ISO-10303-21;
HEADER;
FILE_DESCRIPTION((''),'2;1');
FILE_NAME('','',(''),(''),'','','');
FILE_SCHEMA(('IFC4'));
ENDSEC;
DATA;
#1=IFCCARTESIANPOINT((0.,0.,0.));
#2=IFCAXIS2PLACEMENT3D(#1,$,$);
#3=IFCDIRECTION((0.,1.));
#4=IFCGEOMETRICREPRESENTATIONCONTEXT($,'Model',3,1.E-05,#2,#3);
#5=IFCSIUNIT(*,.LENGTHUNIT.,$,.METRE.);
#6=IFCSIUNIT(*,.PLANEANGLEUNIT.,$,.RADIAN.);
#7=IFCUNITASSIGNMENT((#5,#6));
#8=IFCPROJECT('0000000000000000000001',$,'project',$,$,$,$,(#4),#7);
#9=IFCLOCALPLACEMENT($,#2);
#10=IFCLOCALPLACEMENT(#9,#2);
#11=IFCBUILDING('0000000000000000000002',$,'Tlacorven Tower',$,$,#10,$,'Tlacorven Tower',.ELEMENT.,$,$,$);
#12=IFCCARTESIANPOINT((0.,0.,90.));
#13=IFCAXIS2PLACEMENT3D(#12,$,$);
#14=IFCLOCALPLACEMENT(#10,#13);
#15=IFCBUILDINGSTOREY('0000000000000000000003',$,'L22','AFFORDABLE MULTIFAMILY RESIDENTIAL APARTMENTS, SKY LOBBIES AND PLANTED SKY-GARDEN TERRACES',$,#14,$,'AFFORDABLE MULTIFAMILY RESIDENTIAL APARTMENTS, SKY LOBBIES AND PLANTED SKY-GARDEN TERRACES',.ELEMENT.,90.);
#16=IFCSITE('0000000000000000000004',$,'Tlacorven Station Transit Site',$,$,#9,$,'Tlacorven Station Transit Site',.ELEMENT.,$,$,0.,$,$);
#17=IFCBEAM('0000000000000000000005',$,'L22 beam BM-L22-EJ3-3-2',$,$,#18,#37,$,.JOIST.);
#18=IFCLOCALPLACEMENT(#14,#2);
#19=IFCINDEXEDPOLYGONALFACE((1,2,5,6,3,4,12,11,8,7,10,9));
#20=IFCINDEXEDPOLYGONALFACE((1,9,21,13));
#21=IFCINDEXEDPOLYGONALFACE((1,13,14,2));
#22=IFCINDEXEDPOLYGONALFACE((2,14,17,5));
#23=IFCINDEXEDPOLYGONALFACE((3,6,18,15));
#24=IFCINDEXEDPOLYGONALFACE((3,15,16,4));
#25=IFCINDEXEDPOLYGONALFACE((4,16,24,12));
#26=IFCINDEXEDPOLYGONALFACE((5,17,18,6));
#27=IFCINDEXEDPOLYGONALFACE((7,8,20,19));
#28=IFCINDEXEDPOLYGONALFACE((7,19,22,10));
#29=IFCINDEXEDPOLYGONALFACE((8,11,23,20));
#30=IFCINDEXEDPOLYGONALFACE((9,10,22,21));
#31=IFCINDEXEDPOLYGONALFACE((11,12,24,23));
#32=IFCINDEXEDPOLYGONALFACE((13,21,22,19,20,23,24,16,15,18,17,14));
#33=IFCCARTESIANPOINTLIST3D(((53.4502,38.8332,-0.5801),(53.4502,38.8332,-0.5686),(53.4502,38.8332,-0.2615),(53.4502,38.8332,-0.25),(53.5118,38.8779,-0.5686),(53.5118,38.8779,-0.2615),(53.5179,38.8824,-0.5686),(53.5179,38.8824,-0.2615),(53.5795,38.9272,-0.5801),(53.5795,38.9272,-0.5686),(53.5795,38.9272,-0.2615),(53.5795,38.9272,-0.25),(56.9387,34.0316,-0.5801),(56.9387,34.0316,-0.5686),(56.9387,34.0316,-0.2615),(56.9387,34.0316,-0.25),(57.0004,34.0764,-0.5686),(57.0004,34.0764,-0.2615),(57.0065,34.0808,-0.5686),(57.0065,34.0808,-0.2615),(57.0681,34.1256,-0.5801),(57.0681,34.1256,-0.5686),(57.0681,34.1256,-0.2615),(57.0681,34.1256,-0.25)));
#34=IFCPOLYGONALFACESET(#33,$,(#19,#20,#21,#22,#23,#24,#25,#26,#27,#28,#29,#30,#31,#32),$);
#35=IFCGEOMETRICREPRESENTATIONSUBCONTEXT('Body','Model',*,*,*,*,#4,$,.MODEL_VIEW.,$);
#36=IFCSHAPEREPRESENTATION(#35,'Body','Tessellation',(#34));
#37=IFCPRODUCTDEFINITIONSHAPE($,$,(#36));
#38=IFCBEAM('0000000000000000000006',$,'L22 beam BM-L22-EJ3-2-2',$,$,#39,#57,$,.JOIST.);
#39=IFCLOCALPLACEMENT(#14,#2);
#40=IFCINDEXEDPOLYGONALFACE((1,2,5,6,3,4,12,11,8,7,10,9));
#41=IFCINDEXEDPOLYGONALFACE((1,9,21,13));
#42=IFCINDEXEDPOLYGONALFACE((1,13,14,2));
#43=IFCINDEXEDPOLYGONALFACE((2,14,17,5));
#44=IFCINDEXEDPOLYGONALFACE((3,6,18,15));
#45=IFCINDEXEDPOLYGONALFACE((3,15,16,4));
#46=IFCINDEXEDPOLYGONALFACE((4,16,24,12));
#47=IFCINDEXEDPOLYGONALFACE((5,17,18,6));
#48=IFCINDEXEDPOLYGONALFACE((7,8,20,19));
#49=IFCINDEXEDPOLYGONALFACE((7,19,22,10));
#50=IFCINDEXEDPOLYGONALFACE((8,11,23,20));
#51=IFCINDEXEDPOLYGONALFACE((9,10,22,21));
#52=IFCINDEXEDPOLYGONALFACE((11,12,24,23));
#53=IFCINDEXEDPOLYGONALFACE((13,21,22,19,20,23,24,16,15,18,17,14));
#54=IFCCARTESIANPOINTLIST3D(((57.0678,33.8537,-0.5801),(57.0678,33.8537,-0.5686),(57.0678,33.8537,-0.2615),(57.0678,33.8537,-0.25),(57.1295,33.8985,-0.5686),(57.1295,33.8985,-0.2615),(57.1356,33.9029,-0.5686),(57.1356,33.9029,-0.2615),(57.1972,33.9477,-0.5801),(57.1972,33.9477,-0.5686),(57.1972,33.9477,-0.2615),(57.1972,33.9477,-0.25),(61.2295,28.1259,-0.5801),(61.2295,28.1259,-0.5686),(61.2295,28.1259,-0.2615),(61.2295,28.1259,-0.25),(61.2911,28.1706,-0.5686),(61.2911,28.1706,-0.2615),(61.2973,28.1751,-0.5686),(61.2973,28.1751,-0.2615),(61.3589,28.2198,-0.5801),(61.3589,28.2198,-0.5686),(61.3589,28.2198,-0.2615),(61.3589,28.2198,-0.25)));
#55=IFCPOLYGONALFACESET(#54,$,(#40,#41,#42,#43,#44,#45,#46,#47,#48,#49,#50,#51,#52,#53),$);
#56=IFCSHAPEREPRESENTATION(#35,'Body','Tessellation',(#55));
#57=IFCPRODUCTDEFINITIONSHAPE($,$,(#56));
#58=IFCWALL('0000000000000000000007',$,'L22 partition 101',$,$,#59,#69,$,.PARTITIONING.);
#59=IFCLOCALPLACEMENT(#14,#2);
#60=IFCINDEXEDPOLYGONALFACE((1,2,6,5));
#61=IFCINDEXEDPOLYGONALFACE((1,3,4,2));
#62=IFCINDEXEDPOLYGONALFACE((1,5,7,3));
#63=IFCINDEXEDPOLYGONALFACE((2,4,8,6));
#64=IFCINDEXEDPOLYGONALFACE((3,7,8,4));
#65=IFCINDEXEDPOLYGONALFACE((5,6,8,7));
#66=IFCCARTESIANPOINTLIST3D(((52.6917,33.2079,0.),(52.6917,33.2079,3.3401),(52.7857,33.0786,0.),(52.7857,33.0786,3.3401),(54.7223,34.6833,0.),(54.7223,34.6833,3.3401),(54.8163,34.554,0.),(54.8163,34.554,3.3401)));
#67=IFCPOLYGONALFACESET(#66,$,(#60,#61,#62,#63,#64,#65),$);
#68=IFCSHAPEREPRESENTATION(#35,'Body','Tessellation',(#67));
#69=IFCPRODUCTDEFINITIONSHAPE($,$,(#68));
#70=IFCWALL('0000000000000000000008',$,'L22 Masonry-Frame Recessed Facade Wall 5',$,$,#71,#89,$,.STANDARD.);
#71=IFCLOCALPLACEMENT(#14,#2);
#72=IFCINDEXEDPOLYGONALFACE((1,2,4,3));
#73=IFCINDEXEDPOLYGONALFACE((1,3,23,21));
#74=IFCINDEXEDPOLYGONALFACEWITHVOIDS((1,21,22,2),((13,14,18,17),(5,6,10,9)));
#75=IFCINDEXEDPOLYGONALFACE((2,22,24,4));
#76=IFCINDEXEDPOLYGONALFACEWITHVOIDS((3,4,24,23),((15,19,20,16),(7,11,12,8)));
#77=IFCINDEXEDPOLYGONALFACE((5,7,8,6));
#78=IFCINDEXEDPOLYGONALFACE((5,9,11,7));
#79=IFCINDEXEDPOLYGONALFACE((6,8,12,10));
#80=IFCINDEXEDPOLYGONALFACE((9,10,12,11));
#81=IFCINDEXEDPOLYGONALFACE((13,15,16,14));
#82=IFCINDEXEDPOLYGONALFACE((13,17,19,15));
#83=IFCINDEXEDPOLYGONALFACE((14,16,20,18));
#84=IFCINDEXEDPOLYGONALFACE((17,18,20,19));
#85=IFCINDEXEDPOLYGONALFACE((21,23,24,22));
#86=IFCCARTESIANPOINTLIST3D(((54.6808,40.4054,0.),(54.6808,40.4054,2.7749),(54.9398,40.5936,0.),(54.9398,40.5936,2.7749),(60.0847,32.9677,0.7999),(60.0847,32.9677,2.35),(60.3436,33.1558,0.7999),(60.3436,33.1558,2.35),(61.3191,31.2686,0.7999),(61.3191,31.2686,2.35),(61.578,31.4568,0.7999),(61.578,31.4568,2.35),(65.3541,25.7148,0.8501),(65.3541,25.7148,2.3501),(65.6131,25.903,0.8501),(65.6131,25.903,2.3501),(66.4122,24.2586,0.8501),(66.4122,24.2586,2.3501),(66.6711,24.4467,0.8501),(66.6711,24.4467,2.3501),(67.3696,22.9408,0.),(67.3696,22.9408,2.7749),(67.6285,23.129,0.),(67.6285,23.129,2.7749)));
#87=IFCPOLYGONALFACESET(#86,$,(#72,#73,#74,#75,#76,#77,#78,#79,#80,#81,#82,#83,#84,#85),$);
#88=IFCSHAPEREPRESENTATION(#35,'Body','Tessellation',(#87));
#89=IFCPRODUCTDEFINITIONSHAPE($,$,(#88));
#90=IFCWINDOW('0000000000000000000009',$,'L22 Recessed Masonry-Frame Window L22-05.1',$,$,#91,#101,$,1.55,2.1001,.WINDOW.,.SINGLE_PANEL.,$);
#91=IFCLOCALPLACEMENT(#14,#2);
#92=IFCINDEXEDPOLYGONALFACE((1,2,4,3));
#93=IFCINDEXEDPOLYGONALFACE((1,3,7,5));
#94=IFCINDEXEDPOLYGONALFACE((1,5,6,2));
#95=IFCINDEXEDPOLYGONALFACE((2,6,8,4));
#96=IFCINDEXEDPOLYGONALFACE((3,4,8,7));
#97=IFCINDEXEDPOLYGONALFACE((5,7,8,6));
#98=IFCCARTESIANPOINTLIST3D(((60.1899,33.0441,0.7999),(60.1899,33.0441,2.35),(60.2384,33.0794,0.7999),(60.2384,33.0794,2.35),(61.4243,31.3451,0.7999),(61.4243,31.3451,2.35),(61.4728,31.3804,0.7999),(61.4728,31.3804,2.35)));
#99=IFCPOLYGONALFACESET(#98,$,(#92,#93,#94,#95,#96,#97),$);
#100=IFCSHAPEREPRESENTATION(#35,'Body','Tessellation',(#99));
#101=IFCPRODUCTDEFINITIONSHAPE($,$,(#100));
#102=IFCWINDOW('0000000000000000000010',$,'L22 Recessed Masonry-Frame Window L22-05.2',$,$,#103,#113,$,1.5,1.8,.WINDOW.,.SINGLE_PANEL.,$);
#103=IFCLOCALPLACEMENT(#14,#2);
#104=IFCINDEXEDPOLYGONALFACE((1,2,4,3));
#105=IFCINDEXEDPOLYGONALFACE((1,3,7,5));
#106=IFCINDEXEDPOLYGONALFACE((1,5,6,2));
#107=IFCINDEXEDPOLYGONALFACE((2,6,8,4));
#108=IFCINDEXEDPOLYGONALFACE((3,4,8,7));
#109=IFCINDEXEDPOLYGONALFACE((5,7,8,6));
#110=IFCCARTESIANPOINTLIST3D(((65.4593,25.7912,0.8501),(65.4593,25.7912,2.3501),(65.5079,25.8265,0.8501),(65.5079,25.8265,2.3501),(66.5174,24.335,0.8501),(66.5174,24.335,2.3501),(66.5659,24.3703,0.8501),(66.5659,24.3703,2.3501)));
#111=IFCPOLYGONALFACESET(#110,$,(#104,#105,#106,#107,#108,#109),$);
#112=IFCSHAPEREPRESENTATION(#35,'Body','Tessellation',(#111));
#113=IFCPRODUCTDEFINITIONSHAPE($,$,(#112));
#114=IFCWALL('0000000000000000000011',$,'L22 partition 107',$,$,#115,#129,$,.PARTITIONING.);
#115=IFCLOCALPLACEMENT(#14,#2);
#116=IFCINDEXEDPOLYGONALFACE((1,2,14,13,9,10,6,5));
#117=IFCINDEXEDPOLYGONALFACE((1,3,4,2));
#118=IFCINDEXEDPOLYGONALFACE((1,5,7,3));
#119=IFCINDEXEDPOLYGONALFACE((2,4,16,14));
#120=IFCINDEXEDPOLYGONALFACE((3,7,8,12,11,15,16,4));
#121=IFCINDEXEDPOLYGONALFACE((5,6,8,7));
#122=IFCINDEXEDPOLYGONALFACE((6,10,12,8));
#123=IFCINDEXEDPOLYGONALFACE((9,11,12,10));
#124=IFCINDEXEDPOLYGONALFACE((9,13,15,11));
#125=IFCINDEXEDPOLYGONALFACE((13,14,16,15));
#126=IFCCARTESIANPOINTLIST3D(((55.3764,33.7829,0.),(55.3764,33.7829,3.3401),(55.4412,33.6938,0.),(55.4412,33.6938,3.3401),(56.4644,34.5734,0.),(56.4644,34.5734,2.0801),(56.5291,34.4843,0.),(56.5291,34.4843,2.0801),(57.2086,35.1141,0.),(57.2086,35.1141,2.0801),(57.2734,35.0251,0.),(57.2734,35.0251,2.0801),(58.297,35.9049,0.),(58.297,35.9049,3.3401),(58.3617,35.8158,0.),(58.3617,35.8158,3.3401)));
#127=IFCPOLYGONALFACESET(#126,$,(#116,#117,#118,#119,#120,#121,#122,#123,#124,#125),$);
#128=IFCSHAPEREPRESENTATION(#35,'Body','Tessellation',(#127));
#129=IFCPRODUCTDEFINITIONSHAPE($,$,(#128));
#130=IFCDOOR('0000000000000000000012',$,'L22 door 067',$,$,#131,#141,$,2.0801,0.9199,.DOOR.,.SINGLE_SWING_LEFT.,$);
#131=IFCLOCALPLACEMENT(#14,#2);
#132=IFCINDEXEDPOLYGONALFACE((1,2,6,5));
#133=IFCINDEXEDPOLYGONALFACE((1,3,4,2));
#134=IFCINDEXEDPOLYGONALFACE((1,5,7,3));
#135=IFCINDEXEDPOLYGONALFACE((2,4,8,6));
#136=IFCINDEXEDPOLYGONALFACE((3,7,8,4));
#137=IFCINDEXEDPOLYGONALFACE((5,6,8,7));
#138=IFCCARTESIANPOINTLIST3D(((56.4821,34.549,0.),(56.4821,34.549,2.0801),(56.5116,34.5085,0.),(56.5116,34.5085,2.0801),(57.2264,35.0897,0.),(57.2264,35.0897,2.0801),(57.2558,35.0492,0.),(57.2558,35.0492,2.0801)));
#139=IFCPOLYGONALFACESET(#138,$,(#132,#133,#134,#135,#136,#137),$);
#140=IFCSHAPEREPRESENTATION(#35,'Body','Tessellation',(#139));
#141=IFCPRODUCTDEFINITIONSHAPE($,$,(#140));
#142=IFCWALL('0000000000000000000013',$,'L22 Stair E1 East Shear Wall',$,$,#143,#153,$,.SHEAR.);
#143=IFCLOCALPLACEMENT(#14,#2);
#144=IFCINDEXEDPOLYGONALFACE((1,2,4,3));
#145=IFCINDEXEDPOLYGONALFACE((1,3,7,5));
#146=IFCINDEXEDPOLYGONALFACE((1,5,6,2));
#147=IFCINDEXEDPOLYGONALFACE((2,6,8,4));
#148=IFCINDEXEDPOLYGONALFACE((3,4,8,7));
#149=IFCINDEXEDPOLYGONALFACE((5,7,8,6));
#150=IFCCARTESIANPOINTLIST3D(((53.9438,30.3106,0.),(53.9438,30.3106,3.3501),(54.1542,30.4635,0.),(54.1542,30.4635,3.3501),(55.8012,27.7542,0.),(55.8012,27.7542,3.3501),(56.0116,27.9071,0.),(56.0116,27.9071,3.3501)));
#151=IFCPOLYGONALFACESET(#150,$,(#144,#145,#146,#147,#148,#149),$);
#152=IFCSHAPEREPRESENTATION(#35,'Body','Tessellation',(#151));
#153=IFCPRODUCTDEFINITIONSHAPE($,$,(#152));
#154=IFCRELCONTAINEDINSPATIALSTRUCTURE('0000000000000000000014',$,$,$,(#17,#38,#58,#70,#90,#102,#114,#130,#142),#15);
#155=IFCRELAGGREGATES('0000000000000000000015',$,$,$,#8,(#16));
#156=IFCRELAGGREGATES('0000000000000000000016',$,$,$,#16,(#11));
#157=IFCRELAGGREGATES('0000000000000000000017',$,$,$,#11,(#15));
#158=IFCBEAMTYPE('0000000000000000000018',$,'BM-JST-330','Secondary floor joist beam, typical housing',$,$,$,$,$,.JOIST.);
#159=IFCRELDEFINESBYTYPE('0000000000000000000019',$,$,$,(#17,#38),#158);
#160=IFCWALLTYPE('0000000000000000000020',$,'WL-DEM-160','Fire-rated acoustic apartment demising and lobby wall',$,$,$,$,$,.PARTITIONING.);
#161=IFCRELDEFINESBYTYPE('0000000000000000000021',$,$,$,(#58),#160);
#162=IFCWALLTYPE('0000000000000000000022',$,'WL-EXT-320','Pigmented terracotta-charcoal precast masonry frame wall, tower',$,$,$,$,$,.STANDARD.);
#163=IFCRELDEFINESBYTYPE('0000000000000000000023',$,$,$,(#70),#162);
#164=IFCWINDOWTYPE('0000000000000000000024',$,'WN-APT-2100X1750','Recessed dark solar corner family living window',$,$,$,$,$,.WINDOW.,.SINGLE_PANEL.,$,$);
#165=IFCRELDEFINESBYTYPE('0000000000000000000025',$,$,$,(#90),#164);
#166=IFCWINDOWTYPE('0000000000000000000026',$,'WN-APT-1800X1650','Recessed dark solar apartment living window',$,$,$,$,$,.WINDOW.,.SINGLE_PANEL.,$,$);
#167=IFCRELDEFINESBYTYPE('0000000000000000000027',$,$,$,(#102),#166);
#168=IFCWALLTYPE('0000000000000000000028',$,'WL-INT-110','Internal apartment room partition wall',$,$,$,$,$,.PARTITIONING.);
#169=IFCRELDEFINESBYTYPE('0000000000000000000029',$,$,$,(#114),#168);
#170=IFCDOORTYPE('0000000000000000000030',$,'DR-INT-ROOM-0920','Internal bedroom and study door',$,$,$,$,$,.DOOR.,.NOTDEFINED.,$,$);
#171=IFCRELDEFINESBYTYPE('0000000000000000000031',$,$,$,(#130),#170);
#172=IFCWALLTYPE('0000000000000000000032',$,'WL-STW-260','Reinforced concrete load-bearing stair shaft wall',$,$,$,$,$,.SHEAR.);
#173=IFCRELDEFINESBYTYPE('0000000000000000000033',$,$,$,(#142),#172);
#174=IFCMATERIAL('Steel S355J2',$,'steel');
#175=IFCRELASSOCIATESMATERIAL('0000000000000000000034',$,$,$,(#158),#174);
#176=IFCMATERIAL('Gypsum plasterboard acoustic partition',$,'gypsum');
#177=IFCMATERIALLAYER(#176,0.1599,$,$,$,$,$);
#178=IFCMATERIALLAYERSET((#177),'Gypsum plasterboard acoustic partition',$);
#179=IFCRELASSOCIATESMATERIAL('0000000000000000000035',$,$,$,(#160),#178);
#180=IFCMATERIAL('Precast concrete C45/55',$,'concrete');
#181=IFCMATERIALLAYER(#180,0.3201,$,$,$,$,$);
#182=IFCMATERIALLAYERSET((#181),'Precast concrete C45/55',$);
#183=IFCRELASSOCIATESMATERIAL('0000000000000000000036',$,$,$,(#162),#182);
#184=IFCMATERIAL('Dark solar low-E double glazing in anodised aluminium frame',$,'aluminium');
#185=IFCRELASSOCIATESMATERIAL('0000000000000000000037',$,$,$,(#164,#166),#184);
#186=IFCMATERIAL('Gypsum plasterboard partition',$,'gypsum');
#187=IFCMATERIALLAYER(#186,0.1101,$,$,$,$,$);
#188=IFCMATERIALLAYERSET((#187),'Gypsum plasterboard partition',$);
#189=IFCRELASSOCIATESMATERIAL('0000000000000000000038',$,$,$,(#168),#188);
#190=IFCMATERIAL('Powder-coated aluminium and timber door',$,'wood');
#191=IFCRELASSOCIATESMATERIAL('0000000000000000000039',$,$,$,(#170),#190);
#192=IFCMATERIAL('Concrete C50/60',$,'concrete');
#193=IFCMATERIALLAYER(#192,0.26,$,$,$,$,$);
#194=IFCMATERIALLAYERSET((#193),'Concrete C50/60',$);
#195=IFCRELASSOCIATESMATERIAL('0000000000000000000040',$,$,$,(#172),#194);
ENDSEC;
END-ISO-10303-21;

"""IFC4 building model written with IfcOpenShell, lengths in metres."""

from ifc_helpers import new_model, si_unit, direction, frame, frame_2d, origin, origin_2d, place, context, subcontext, project, spatial, rectangle, i_section, extrude, source, transform, mapped, material, layer, layer_set, material_profile, profile_set, type_object, element, fill, save


model = new_model("IFC4")

# Units and contexts
model_context = context("Model", 3, precision=1e-05, world=origin(), true_north=direction((0.0, 1.0)))
body_context = subcontext(model_context, "Body", "Model", "MODEL_VIEW")
ifc_project = project(units=[si_unit("LENGTHUNIT", "METRE"), si_unit("PLANEANGLEUNIT", "RADIAN")], contexts=[model_context])

# Site, building, storey
site_placement = place(None, origin())
site = spatial("IfcSite", under=ifc_project, at=site_placement, Name="Tlacorven Station Transit Site", LongName="Tlacorven Station Transit Site", CompositionType="ELEMENT", RefElevation=0.0)
building_placement = place(site_placement, origin())
building = spatial("IfcBuilding", under=site, at=building_placement, Name="Tlacorven Tower", LongName="Tlacorven Tower", CompositionType="ELEMENT")
storey_placement = place(building_placement, frame((0.0, 0.0, 90.0)))
storey = spatial("IfcBuildingStorey", under=building, at=storey_placement, Name="L22", Description="AFFORDABLE MULTIFAMILY RESIDENTIAL APARTMENTS, SKY LOBBIES AND PLANTED SKY-GARDEN TERRACES", LongName="AFFORDABLE MULTIFAMILY RESIDENTIAL APARTMENTS, SKY LOBBIES AND PLANTED SKY-GARDEN TERRACES", CompositionType="ELEMENT", Elevation=90.0)

# Beams
ifc_material_1 = material(Name="Steel S355J2", Category="steel")
ifc_material_profile_1 = material_profile(ifc_material_1, i_section(OverallWidth=0.1599, OverallDepth=0.3301, WebThickness=0.0076, FlangeThickness=0.0115, at=origin_2d()), Name="IPE 330")
ifc_profile_set_1 = profile_set([ifc_material_profile_1], Name="Steel S355J2")
beam_type_1 = type_object("IfcBeamType", Name="BM-JST-330", Description="Secondary floor joist beam, typical housing", PredefinedType="JOIST", material=ifc_profile_set_1)
shared_shape_1 = source(origin(), body_context, "Body", "SweptSolid", [
    extrude(i_section(OverallWidth=0.1599, OverallDepth=0.3301, WebThickness=0.0076, FlangeThickness=0.0115, at=origin_2d()), origin(), (0.0, 0.0, 1.0), 5.9351),
])
for number, where, z_axis, x_axis, name in (
    (1, (57.0034, 34.0786, -0.415), (-0.587788, 0.809015, 0.0), (-0.809015, -0.587788, 0.0), "L22 beam BM-L22-EJ3-3-2"),
):
    element("IfcBeam", number, at=place(storey_placement, frame(where, z_axis=z_axis, x_axis=x_axis)), inside=storey, type_object=beam_type_1, Name=name, PredefinedType="JOIST", context=body_context, shape_type="MappedRepresentation", body=[
        mapped(shared_shape_1, transform((0.0, 0.0, 0.0), scale=1.0)),
    ])
shared_shape_2 = source(origin(), body_context, "Body", "SweptSolid", [
    extrude(i_section(OverallWidth=0.1599, OverallDepth=0.3301, WebThickness=0.0076, FlangeThickness=0.0115, at=origin_2d()), origin(), (0.0, 0.0, 1.0), 7.0801),
])
beam_1_placement = place(storey_placement, frame((61.2942, 28.1729, -0.415), z_axis=(-0.587798, 0.809007, 0.0), x_axis=(-0.809007, -0.587798, 0.0)))
element("IfcBeam", 2, at=beam_1_placement, inside=storey, type_object=beam_type_1, Name="L22 beam BM-L22-EJ3-2-2", PredefinedType="JOIST", context=body_context, shape_type="MappedRepresentation", body=[
    mapped(shared_shape_2, transform((0.0, 0.0, 0.0), scale=1.0)),
])

# Wall
ifc_material_2 = material(Name="Gypsum plasterboard acoustic partition", Category="gypsum")
ifc_layer_1 = layer(ifc_material_2, 0.1599)
ifc_layer_set_1 = layer_set([ifc_layer_1], Name="Gypsum plasterboard acoustic partition")
wall_type_1 = type_object("IfcWallType", Name="WL-DEM-160", Description="Fire-rated acoustic apartment demising and lobby wall", PredefinedType="PARTITIONING", material=ifc_layer_set_1)
wall_1_placement = place(storey_placement, frame((52.7388, 33.1433, 0.0), z_axis=(0.0, 0.0, 1.0), x_axis=(0.809001, 0.587807, 0.0)))
element("IfcWall", 3, at=wall_1_placement, inside=storey, type_object=wall_type_1, Name="L22 partition 101", PredefinedType="PARTITIONING", context=body_context, shape_type="SweptSolid", body=[
    extrude(rectangle(XDim=2.51, YDim=0.1599, at=frame_2d((1.2549, 0.0))), origin(), (0.0, 0.0, 1.0), 3.3401),
])

# Wall, openings, windows
ifc_material_3 = material(Name="Precast concrete C45/55", Category="concrete")
ifc_layer_2 = layer(ifc_material_3, 0.3201)
ifc_layer_set_2 = layer_set([ifc_layer_2], Name="Precast concrete C45/55")
wall_type_2 = type_object("IfcWallType", Name="WL-EXT-320", Description="Pigmented terracotta-charcoal precast masonry frame wall, tower", PredefinedType="STANDARD", material=ifc_layer_set_2)
wall_2_placement = place(storey_placement, frame((54.8103, 40.4995, 0.0), z_axis=(0.0, 0.0, 1.0), x_axis=(0.587784, -0.809018, 0.0)))
wall_2 = element("IfcWall", 4, at=wall_2_placement, inside=storey, type_object=wall_type_2, Name="L22 Masonry-Frame Recessed Facade Wall 5", PredefinedType="STANDARD", context=body_context, shape_type="SweptSolid", body=[
    extrude(rectangle(XDim=21.5874, YDim=0.3201, at=frame_2d((10.7937, 0.0))), origin(), (0.0, 0.0, 1.0), 2.7749),
])
opening_1_placement = place(wall_2_placement, frame((9.1936, 0.0, 0.8)))
opening_1 = element("IfcOpeningElement", 5, at=opening_1_placement, cuts=wall_2, PredefinedType="OPENING", context=body_context, shape_type="SweptSolid", body=[
    extrude(rectangle(XDim=2.1001, YDim=1.55, at=frame_2d((1.05, 0.7749))), frame((0.0, 0.1699, 0.0), z_axis=(0.0, -1.0, 0.0), x_axis=(1.0, 0.0, 0.0)), (0.0, 0.0, 1.0), 0.3401),
])
opening_2_placement = place(wall_2_placement, frame((18.1587, 0.0, 0.8501)))
opening_2 = element("IfcOpeningElement", 6, at=opening_2_placement, cuts=wall_2, PredefinedType="OPENING", context=body_context, shape_type="SweptSolid", body=[
    extrude(rectangle(XDim=1.8, YDim=1.5, at=frame_2d((0.8999, 0.75))), frame((0.0, 0.1699, 0.0), z_axis=(0.0, -1.0, 0.0), x_axis=(1.0, 0.0, 0.0)), (0.0, 0.0, 1.0), 0.3401),
])
ifc_material_4 = material(Name="Dark solar low-E double glazing in anodised aluminium frame", Category="aluminium")
window_type_1 = type_object("IfcWindowType", Name="WN-APT-2100X1750", Description="Recessed dark solar corner family living window", PartitioningType="SINGLE_PANEL", PredefinedType="WINDOW", material=ifc_material_4)
shared_shape_3 = source(origin(), body_context, "Body", "SweptSolid", [
    extrude(rectangle(XDim=2.1001, YDim=1.55, at=frame_2d((1.05, 0.7749))), frame((0.0, 0.03, 0.0), z_axis=(0.0, -1.0, 0.0), x_axis=(1.0, 0.0, 0.0)), (0.0, 0.0, 1.0), 0.0601),
])
window_1_placement = place(opening_1_placement, origin())
window_1 = element("IfcWindow", 7, at=window_1_placement, inside=storey, type_object=window_type_1, Name="L22 Recessed Masonry-Frame Window L22-05.1", OverallHeight=1.55, OverallWidth=2.1001, PartitioningType="SINGLE_PANEL", PredefinedType="WINDOW", context=body_context, shape_type="MappedRepresentation", body=[
    mapped(shared_shape_3, transform((0.0, 0.0, 0.0), scale=1.0)),
])
fill(opening_1, window_1)
window_type_2 = type_object("IfcWindowType", Name="WN-APT-1800X1650", Description="Recessed dark solar apartment living window", PartitioningType="SINGLE_PANEL", PredefinedType="WINDOW", material=ifc_material_4)
shared_shape_4 = source(origin(), body_context, "Body", "SweptSolid", [
    extrude(rectangle(XDim=1.8, YDim=1.5, at=frame_2d((0.8999, 0.75))), frame((0.0, 0.03, 0.0), z_axis=(0.0, -1.0, 0.0), x_axis=(1.0, 0.0, 0.0)), (0.0, 0.0, 1.0), 0.0601),
])
window_2_placement = place(opening_2_placement, origin())
window_2 = element("IfcWindow", 8, at=window_2_placement, inside=storey, type_object=window_type_2, Name="L22 Recessed Masonry-Frame Window L22-05.2", OverallHeight=1.5, OverallWidth=1.8, PartitioningType="SINGLE_PANEL", PredefinedType="WINDOW", context=body_context, shape_type="MappedRepresentation", body=[
    mapped(shared_shape_4, transform((0.0, 0.0, 0.0), scale=1.0)),
])
fill(opening_2, window_2)

# Wall, opening, door
ifc_material_5 = material(Name="Gypsum plasterboard partition", Category="gypsum")
ifc_layer_3 = layer(ifc_material_5, 0.1101)
ifc_layer_set_3 = layer_set([ifc_layer_3], Name="Gypsum plasterboard partition")
wall_type_3 = type_object("IfcWallType", Name="WL-INT-110", Description="Internal apartment room partition wall", PredefinedType="PARTITIONING", material=ifc_layer_set_3)
wall_3_placement = place(storey_placement, frame((55.4087, 33.7383, 0.0), z_axis=(0.0, 0.0, 1.0), x_axis=(0.809005, 0.587802, 0.0)))
wall_3 = element("IfcWall", 9, at=wall_3_placement, inside=storey, type_object=wall_type_3, Name="L22 partition 107", PredefinedType="PARTITIONING", context=body_context, shape_type="SweptSolid", body=[
    extrude(rectangle(XDim=3.6101, YDim=0.1101, at=frame_2d((1.8052, 0.0))), origin(), (0.0, 0.0, 1.0), 3.3401),
])
opening_3_placement = place(wall_3_placement, frame((1.345, 0.0, 0.0)))
opening_3 = element("IfcOpeningElement", 10, at=opening_3_placement, cuts=wall_3, PredefinedType="OPENING", context=body_context, shape_type="SweptSolid", body=[
    extrude(rectangle(XDim=0.9199, YDim=2.0801, at=frame_2d((0.46, 1.04))), frame((0.0, 0.0649, 0.0), z_axis=(0.0, -1.0, 0.0), x_axis=(1.0, 0.0, 0.0)), (0.0, 0.0, 1.0), 0.1301),
])
ifc_material_6 = material(Name="Powder-coated aluminium and timber door", Category="wood")
door_type = type_object("IfcDoorType", Name="DR-INT-ROOM-0920", Description="Internal bedroom and study door", OperationType="NOTDEFINED", PredefinedType="DOOR", material=ifc_material_6)
shared_shape_5 = source(origin(), body_context, "Body", "SweptSolid", [
    extrude(rectangle(XDim=0.9199, YDim=2.0801, at=frame_2d((0.46, 1.04))), frame((0.0, 0.0249, 0.0), z_axis=(0.0, -1.0, 0.0), x_axis=(1.0, 0.0, 0.0)), (0.0, 0.0, 1.0), 0.05),
])
door_placement = place(opening_3_placement, origin())
door = element("IfcDoor", 11, at=door_placement, inside=storey, type_object=door_type, Name="L22 door 067", OperationType="SINGLE_SWING_LEFT", OverallHeight=2.0801, OverallWidth=0.9199, PredefinedType="DOOR", context=body_context, shape_type="MappedRepresentation", body=[
    mapped(shared_shape_5, transform((0.0, 0.0, 0.0), scale=1.0)),
])
fill(opening_3, door)

# Wall
ifc_material_7 = material(Name="Concrete C50/60", Category="concrete")
ifc_layer_4 = layer(ifc_material_7, 0.26)
ifc_layer_set_4 = layer_set([ifc_layer_4], Name="Concrete C50/60")
wall_type_4 = type_object("IfcWallType", Name="WL-STW-260", Description="Reinforced concrete load-bearing stair shaft wall", PredefinedType="SHEAR", material=ifc_layer_set_4)
wall_4_placement = place(storey_placement, frame((55.9065, 27.8306, 0.0), z_axis=(0.0, 0.0, 1.0), x_axis=(-0.587804, 0.809003, 0.0)))
element("IfcWall", 12, at=wall_4_placement, inside=storey, type_object=wall_type_4, Name="L22 Stair E1 East Shear Wall", PredefinedType="SHEAR", context=body_context, shape_type="SweptSolid", body=[
    extrude(rectangle(XDim=3.1599, YDim=0.26, at=frame_2d((1.5801, 0.0))), origin(), (0.0, 0.0, 1.0), 3.3501),
])

save(model, "model.ifc")
